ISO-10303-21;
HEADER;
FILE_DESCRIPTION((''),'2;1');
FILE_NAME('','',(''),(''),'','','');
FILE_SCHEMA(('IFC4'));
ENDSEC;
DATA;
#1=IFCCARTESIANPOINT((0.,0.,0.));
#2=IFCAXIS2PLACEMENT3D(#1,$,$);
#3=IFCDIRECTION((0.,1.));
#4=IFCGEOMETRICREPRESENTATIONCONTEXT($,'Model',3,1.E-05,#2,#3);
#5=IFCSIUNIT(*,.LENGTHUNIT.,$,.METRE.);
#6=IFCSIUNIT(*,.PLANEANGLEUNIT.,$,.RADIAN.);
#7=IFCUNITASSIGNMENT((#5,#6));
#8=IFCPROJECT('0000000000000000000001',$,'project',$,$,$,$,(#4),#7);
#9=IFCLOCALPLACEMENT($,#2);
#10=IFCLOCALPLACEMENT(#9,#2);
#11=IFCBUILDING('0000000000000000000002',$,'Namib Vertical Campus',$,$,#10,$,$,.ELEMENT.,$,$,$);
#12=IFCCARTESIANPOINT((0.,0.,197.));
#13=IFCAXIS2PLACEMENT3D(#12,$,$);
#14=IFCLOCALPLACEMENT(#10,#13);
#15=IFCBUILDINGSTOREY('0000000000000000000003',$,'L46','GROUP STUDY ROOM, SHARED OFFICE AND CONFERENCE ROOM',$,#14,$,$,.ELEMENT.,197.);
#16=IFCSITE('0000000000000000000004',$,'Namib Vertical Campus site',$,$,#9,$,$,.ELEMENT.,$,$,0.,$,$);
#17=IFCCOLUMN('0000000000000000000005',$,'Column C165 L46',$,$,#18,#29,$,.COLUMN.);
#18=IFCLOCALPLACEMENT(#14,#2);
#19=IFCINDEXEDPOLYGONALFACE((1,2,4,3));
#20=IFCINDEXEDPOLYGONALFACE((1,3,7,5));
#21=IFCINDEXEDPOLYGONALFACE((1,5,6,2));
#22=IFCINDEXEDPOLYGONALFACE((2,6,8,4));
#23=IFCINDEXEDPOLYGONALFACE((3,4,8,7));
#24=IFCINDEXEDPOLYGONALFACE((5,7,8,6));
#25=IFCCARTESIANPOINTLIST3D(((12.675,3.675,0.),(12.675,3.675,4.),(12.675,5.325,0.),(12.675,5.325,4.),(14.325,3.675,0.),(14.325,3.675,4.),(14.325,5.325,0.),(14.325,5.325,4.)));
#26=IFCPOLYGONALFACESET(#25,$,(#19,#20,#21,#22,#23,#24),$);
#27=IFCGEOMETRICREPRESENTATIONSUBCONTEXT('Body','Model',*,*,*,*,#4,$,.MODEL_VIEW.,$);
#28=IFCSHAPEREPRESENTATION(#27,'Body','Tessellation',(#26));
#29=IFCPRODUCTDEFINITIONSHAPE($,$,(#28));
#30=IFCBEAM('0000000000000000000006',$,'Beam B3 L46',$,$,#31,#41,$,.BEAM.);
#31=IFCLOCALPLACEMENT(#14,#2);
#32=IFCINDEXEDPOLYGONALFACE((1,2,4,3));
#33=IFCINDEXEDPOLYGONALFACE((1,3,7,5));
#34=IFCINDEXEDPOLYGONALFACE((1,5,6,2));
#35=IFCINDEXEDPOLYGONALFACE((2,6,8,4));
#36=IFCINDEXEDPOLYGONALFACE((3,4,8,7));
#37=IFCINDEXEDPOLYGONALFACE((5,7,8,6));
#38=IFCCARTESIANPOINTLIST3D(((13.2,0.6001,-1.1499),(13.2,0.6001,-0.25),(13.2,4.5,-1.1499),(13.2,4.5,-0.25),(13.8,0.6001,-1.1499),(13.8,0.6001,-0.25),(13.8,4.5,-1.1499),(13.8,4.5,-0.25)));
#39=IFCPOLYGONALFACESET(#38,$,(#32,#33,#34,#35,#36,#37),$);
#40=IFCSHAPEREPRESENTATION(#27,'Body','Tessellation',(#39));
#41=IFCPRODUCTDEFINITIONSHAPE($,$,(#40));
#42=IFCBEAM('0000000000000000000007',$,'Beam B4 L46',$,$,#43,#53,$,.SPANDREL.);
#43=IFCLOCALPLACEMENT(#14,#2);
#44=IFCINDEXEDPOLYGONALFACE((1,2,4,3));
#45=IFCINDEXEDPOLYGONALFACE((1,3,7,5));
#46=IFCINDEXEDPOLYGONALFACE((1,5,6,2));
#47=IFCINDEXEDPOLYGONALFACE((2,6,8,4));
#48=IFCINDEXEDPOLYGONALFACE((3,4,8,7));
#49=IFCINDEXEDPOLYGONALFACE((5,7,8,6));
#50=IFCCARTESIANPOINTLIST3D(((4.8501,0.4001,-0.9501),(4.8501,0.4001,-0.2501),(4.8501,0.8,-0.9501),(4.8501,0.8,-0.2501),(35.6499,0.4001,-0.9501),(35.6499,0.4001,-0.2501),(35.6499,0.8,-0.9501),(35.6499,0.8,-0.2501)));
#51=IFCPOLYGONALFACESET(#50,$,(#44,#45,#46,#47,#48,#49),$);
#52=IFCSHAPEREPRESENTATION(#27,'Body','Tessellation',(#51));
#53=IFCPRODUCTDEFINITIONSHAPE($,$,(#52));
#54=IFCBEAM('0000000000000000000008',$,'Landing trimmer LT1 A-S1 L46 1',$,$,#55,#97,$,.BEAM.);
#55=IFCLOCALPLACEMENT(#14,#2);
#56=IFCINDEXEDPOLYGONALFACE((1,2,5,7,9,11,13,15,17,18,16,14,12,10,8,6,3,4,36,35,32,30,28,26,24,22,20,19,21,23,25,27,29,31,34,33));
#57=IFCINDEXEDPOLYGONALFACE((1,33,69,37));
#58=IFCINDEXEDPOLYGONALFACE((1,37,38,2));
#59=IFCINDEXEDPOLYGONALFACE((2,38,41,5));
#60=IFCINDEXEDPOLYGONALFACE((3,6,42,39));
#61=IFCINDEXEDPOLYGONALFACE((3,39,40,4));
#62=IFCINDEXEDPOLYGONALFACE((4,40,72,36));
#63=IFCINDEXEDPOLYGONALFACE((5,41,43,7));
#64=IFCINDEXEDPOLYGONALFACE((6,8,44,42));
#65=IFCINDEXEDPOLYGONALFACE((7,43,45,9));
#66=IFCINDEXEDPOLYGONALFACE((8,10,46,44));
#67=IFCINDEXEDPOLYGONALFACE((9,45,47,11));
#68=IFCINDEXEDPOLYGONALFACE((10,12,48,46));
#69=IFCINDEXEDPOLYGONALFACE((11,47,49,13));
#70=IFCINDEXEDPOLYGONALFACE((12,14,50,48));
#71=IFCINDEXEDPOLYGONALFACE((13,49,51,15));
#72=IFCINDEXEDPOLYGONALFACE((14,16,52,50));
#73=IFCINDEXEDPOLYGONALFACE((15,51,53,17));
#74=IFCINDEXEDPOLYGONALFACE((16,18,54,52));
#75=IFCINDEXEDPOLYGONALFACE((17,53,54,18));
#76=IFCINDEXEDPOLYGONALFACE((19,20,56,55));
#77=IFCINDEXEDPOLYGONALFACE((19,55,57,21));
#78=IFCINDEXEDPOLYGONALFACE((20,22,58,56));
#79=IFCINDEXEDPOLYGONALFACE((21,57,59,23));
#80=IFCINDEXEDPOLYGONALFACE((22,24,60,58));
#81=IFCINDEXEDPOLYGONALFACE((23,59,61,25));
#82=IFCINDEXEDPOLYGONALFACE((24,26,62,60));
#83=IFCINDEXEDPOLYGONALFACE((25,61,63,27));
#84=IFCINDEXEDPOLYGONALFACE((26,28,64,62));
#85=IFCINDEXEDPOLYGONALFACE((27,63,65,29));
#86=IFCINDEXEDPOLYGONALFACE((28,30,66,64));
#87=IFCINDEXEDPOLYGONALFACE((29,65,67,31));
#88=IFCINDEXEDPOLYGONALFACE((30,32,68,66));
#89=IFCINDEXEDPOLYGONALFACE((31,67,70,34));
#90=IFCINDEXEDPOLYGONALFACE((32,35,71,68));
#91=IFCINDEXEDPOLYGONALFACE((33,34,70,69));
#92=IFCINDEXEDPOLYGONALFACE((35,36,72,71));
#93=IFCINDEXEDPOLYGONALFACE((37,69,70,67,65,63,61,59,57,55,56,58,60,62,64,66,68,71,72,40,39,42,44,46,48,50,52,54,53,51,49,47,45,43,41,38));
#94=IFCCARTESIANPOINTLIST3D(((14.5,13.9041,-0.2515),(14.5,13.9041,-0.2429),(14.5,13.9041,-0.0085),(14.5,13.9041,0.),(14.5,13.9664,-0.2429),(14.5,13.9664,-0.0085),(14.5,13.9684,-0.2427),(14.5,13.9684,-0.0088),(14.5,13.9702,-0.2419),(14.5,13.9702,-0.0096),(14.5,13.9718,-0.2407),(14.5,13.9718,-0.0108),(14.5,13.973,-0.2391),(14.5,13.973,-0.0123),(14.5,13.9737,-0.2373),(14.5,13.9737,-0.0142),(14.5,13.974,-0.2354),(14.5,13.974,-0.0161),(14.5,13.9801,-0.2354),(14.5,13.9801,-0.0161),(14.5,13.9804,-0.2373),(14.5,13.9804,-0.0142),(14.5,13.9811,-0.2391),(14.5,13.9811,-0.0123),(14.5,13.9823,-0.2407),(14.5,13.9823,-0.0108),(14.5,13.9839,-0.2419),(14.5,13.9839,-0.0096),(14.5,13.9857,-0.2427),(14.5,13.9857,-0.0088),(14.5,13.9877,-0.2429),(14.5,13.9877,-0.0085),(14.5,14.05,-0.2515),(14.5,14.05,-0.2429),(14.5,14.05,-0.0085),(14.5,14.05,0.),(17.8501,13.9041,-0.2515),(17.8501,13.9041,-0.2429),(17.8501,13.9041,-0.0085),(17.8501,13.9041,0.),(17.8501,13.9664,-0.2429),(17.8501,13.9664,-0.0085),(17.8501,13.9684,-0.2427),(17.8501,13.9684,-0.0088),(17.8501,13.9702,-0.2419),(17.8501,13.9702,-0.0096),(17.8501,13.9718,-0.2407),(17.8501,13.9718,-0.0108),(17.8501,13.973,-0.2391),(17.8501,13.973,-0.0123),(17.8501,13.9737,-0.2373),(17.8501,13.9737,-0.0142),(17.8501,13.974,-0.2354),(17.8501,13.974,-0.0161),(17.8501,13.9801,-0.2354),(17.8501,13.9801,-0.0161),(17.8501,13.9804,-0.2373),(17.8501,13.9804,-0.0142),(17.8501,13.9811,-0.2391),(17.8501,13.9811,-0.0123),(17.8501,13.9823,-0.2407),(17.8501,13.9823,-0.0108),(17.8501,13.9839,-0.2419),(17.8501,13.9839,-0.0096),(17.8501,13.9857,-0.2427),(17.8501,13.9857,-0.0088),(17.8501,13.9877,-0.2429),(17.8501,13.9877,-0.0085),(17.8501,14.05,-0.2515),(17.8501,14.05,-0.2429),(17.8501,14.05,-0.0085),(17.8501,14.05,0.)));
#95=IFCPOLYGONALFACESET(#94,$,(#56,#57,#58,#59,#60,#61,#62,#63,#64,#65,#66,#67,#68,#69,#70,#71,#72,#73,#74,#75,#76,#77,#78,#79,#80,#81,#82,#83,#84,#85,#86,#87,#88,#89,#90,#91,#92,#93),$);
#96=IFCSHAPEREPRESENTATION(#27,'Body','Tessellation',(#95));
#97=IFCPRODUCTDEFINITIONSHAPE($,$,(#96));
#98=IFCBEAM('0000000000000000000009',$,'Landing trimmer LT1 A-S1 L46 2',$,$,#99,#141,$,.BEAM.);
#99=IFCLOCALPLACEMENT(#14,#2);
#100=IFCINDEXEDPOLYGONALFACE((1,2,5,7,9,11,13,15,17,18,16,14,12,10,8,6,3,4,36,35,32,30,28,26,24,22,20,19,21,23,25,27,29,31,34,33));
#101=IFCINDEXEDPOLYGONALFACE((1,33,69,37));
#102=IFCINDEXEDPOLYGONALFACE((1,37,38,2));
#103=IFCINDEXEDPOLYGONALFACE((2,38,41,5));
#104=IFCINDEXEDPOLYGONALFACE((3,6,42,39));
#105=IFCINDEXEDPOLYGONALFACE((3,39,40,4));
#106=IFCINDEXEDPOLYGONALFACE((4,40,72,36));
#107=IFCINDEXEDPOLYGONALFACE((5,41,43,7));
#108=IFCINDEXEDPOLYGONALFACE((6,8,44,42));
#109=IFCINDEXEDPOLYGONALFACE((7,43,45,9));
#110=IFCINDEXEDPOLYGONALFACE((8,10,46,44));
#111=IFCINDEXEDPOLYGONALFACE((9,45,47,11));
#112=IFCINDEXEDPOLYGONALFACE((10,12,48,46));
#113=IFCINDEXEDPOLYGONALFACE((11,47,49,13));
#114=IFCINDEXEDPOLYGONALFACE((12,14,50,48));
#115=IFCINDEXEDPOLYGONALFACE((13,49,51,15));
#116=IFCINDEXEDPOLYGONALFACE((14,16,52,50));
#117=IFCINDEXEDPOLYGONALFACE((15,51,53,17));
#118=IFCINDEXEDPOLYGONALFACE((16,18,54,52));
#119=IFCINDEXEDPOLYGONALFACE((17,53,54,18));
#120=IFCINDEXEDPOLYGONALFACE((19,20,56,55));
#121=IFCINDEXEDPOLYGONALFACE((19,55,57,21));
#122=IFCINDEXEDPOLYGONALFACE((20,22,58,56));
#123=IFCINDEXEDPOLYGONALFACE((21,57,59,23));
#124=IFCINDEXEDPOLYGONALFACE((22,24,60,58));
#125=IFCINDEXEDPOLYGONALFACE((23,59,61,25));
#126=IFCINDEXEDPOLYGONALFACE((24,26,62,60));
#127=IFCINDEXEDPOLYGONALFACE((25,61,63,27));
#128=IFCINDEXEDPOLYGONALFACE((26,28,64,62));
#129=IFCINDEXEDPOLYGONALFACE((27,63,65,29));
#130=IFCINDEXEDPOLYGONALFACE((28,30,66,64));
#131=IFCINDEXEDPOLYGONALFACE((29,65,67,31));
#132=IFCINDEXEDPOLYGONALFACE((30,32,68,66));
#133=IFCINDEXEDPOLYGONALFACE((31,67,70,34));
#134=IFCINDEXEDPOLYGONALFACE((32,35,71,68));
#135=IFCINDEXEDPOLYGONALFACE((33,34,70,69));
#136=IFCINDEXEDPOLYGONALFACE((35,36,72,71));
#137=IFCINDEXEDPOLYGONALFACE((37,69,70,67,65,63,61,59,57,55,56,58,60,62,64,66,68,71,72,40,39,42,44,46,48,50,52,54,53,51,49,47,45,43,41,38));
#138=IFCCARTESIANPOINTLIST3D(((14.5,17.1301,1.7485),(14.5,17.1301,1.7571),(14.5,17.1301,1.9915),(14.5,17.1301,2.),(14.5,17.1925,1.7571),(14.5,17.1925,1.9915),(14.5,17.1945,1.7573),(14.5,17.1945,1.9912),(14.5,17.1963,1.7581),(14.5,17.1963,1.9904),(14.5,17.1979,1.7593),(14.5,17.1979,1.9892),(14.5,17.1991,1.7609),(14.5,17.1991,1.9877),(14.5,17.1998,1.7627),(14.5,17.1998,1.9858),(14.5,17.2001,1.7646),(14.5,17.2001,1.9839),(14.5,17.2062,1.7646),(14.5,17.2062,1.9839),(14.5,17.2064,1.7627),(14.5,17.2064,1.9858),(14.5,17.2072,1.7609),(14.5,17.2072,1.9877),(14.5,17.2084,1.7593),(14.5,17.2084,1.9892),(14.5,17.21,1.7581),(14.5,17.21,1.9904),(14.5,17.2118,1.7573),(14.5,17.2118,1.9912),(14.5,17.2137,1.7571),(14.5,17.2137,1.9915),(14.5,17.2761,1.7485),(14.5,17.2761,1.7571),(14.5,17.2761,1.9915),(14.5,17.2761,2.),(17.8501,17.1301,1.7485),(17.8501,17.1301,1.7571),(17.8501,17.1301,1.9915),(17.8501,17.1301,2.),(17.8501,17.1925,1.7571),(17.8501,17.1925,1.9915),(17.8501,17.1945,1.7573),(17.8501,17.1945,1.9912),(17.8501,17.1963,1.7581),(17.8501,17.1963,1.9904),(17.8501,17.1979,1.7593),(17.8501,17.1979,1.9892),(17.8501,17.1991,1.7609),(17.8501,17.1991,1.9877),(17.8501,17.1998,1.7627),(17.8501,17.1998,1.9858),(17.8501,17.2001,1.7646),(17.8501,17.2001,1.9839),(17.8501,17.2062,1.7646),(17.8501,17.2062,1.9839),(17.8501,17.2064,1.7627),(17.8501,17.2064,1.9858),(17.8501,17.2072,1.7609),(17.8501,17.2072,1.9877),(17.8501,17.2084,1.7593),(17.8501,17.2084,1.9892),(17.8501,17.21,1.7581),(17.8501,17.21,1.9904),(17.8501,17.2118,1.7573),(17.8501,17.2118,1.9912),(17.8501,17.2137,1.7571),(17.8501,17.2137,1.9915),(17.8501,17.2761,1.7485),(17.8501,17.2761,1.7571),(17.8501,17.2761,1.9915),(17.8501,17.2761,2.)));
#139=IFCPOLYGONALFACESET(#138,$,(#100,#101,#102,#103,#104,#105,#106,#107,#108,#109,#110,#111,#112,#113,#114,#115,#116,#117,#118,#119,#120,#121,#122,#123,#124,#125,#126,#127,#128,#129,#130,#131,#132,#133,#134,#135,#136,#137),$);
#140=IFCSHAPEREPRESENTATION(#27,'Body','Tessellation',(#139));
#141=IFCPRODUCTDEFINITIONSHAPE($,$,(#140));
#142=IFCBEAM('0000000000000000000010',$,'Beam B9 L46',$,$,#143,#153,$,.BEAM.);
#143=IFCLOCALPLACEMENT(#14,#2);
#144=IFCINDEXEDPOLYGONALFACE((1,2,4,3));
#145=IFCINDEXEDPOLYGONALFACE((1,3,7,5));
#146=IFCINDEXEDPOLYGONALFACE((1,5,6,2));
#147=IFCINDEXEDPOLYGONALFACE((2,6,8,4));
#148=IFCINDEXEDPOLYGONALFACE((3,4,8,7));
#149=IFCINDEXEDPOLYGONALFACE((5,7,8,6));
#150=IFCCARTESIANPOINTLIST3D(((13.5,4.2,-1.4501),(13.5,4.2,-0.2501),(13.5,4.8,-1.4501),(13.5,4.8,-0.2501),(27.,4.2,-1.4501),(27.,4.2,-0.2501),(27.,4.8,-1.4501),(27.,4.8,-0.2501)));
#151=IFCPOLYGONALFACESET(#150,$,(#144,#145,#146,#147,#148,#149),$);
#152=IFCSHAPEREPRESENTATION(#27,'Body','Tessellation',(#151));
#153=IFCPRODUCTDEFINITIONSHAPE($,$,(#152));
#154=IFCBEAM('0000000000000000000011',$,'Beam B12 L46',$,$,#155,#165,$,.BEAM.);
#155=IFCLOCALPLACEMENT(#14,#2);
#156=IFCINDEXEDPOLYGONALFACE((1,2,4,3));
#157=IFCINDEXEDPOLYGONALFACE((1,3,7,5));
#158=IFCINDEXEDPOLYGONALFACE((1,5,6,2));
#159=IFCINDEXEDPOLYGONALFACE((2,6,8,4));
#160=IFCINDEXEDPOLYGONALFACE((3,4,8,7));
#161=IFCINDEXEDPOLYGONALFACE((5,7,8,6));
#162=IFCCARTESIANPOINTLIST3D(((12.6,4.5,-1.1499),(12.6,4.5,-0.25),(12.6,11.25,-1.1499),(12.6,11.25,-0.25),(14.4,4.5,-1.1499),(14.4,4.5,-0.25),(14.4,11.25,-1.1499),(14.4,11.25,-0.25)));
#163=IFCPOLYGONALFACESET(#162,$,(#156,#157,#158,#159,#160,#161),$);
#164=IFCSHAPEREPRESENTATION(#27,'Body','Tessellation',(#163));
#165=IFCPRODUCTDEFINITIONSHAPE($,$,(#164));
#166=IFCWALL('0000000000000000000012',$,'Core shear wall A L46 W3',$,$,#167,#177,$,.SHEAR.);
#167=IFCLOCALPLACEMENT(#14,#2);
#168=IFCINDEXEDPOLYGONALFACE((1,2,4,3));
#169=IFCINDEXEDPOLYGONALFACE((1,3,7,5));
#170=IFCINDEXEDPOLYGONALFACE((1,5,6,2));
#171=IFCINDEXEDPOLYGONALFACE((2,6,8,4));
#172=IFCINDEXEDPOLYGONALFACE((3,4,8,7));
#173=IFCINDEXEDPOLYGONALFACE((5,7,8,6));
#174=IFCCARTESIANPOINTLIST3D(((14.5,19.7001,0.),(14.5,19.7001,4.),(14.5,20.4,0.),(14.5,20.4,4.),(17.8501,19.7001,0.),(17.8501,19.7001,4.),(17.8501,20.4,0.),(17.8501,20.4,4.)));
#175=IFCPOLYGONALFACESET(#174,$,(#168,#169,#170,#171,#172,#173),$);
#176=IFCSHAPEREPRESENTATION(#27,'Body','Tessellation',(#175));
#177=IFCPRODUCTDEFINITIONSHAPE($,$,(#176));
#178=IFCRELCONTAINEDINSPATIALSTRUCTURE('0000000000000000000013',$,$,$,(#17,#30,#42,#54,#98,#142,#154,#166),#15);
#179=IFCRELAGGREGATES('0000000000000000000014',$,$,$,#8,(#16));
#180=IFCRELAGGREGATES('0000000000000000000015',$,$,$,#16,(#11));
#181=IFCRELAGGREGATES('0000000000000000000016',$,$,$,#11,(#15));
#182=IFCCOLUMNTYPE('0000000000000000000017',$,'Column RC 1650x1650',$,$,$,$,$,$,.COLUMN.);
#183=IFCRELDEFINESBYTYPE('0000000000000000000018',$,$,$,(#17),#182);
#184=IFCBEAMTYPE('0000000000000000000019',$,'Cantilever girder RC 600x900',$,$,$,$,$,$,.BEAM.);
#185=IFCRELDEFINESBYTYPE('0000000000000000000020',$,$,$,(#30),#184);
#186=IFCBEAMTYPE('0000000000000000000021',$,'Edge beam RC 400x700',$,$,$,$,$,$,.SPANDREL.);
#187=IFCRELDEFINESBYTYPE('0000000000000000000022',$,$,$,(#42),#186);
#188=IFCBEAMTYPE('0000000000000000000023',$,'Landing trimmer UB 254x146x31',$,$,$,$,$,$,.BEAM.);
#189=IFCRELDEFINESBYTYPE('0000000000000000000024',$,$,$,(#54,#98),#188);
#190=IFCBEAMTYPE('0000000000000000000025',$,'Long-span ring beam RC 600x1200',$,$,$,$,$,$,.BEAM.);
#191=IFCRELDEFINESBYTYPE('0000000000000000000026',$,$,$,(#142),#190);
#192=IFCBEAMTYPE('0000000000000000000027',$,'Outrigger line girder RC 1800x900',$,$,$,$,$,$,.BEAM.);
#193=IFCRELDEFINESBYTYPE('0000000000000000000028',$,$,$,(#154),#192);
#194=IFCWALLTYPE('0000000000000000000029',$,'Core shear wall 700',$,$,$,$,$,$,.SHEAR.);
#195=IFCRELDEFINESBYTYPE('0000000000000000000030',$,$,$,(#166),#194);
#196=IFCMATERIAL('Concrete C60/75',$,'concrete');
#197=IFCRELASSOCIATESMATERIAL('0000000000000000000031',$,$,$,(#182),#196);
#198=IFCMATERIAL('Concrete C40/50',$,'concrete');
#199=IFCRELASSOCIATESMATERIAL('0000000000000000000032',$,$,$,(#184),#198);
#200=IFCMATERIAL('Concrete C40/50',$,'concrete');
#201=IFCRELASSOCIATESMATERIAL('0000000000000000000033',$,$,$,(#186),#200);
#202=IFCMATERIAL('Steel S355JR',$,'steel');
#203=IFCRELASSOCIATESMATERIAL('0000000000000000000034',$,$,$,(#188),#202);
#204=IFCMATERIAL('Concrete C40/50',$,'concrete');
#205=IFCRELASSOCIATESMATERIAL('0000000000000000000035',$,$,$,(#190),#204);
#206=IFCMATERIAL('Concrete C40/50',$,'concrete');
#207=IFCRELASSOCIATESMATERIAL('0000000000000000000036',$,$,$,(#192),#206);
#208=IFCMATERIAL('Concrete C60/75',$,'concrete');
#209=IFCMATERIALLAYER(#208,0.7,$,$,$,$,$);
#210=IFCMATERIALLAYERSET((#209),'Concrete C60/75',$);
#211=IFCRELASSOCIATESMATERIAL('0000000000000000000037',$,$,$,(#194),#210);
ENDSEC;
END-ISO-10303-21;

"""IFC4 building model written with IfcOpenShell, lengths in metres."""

from ifc_helpers import new_model, si_unit, direction, frame, frame_2d, origin, origin_2d, place, context, subcontext, project, spatial, rectangle, i_section, extrude, material, layer, layer_set, material_profile, profile_set, type_object, element, save


model = new_model("IFC4")

# Units and contexts
model_context = context("Model", 3, precision=1e-05, world=origin(), true_north=direction((0.0, 1.0)))
body_context = subcontext(model_context, "Body", "Model", "MODEL_VIEW")
ifc_project = project(units=[si_unit("LENGTHUNIT", "METRE"), si_unit("PLANEANGLEUNIT", "RADIAN")], contexts=[model_context])

# Site, building, storey
site_placement = place(None, origin())
site = spatial("IfcSite", under=ifc_project, at=site_placement, Name="Namib Vertical Campus site", CompositionType="ELEMENT", RefElevation=0.0)
building_placement = place(site_placement, origin())
building = spatial("IfcBuilding", under=site, at=building_placement, Name="Namib Vertical Campus", CompositionType="ELEMENT")
storey_placement = place(building_placement, frame((0.0, 0.0, 197.0)))
storey = spatial("IfcBuildingStorey", under=building, at=storey_placement, Name="L46", Description="GROUP STUDY ROOM, SHARED OFFICE AND CONFERENCE ROOM", CompositionType="ELEMENT", Elevation=197.0)

# Column
ifc_material_1 = material(Name="Concrete C60/75", Category="concrete")
ifc_material_profile_1 = material_profile(ifc_material_1, rectangle(XDim=1.6499, YDim=1.6499, at=origin_2d()))
ifc_profile_set_1 = profile_set([ifc_material_profile_1], Name="Concrete C60/75")
column_type = type_object("IfcColumnType", Name="Column RC 1650x1650", PredefinedType="COLUMN", material=ifc_profile_set_1)
column_placement = place(storey_placement, frame((13.5, 4.5, 0.0), z_axis=(0.0, 0.0, 1.0), x_axis=(1.0, 0.0, 0.0)))
element("IfcColumn", 1, at=column_placement, inside=storey, type_object=column_type, Name="Column C165 L46", PredefinedType="COLUMN", context=body_context, shape_type="SweptSolid", body=[
    extrude(rectangle(XDim=1.6499, YDim=1.6499, at=origin_2d()), origin(), (0.0, 0.0, 1.0), 4.0),
])

# Beams
ifc_material_2 = material(Name="Concrete C40/50", Category="concrete")
ifc_material_profile_2 = material_profile(ifc_material_2, rectangle(XDim=0.6001, YDim=0.8999, at=origin_2d()))
ifc_profile_set_2 = profile_set([ifc_material_profile_2], Name="Concrete C40/50")
beam_type_1 = type_object("IfcBeamType", Name="Cantilever girder RC 600x900", PredefinedType="BEAM", material=ifc_profile_set_2)
beam_1_placement = place(storey_placement, frame((13.5, 4.5, -0.7), z_axis=(0.0, -1.0, 0.0), x_axis=(1.0, 0.0, 0.0)))
element("IfcBeam", 2, at=beam_1_placement, inside=storey, type_object=beam_type_1, Name="Beam B3 L46", PredefinedType="BEAM", context=body_context, shape_type="SweptSolid", body=[
    extrude(rectangle(XDim=0.6001, YDim=0.8999, at=origin_2d()), origin(), (0.0, 0.0, 1.0), 3.8999),
])
ifc_material_3 = material(Name="Concrete C40/50", Category="concrete")
ifc_material_profile_3 = material_profile(ifc_material_3, rectangle(XDim=0.3999, YDim=0.7, at=origin_2d()))
ifc_profile_set_3 = profile_set([ifc_material_profile_3], Name="Concrete C40/50")
beam_type_2 = type_object("IfcBeamType", Name="Edge beam RC 400x700", PredefinedType="SPANDREL", material=ifc_profile_set_3)
beam_2_placement = place(storey_placement, frame((4.8501, 0.6001, -0.6001), z_axis=(1.0, 0.0, 0.0), x_axis=(0.0, 1.0, 0.0)))
element("IfcBeam", 3, at=beam_2_placement, inside=storey, type_object=beam_type_2, Name="Beam B4 L46", PredefinedType="SPANDREL", context=body_context, shape_type="SweptSolid", body=[
    extrude(rectangle(XDim=0.3999, YDim=0.7, at=origin_2d()), origin(), (0.0, 0.0, 1.0), 30.7998),
])
ifc_material_4 = material(Name="Steel S355JR", Category="steel")
ifc_material_profile_4 = material_profile(ifc_material_4, i_section(OverallWidth=0.146, OverallDepth=0.2515, WebThickness=0.0061, FlangeThickness=0.0085, FilletRadius=0.0076, at=origin_2d()))
ifc_profile_set_4 = profile_set([ifc_material_profile_4], Name="Steel S355JR")
beam_type_3 = type_object("IfcBeamType", Name="Landing trimmer UB 254x146x31", PredefinedType="BEAM", material=ifc_profile_set_4)
for number, where, z_axis, x_axis, name in (
    (4, (14.5, 13.9771, -0.1257), (1.0, 0.0, 0.0), (0.0, 1.0, 0.0), "Landing trimmer LT1 A-S1 L46 1"),
    (5, (14.5, 17.2031, 1.8743), (1.0, 0.0, 0.0), (0.0, 1.0, 0.0), "Landing trimmer LT1 A-S1 L46 2"),
):
    element("IfcBeam", number, at=place(storey_placement, frame(where, z_axis=z_axis, x_axis=x_axis)), inside=storey, type_object=beam_type_3, Name=name, PredefinedType="BEAM", context=body_context, shape_type="SweptSolid", body=[
        extrude(i_section(OverallWidth=0.146, OverallDepth=0.2515, WebThickness=0.0061, FlangeThickness=0.0085, FilletRadius=0.0076, at=origin_2d()), origin(), (0.0, 0.0, 1.0), 3.3501),
    ])
ifc_material_5 = material(Name="Concrete C40/50", Category="concrete")
ifc_material_profile_5 = material_profile(ifc_material_5, rectangle(XDim=0.6001, YDim=1.2, at=origin_2d()))
ifc_profile_set_5 = profile_set([ifc_material_profile_5], Name="Concrete C40/50")
beam_type_4 = type_object("IfcBeamType", Name="Long-span ring beam RC 600x1200", PredefinedType="BEAM", material=ifc_profile_set_5)
beam_3_placement = place(storey_placement, frame((13.5, 4.5, -0.8501), z_axis=(1.0, 0.0, 0.0), x_axis=(0.0, 1.0, 0.0)))
element("IfcBeam", 6, at=beam_3_placement, inside=storey, type_object=beam_type_4, Name="Beam B9 L46", PredefinedType="BEAM", context=body_context, shape_type="SweptSolid", body=[
    extrude(rectangle(XDim=0.6001, YDim=1.2, at=origin_2d()), origin(), (0.0, 0.0, 1.0), 13.5),
])
ifc_material_6 = material(Name="Concrete C40/50", Category="concrete")
ifc_material_profile_6 = material_profile(ifc_material_6, rectangle(XDim=1.8, YDim=0.8999, at=origin_2d()))
ifc_profile_set_6 = profile_set([ifc_material_profile_6], Name="Concrete C40/50")
beam_type_5 = type_object("IfcBeamType", Name="Outrigger line girder RC 1800x900", PredefinedType="BEAM", material=ifc_profile_set_6)
beam_4_placement = place(storey_placement, frame((13.5, 4.5, -0.7), z_axis=(0.0, 1.0, 0.0), x_axis=(-1.0, 0.0, 0.0)))
element("IfcBeam", 7, at=beam_4_placement, inside=storey, type_object=beam_type_5, Name="Beam B12 L46", PredefinedType="BEAM", context=body_context, shape_type="SweptSolid", body=[
    extrude(rectangle(XDim=1.8, YDim=0.8999, at=origin_2d()), origin(), (0.0, 0.0, 1.0), 6.75),
])

# Wall
ifc_material_7 = material(Name="Concrete C60/75", Category="concrete")
ifc_layer_1 = layer(ifc_material_7, 0.7)
ifc_layer_set_1 = layer_set([ifc_layer_1], Name="Concrete C60/75")
wall_type_1 = type_object("IfcWallType", Name="Core shear wall 700", PredefinedType="SHEAR", material=ifc_layer_set_1)
wall_1_placement = place(storey_placement, frame((14.5, 20.05, 0.0), z_axis=(0.0, 0.0, 1.0), x_axis=(1.0, 0.0, 0.0)))
element("IfcWall", 8, at=wall_1_placement, inside=storey, type_object=wall_type_1, Name="Core shear wall A L46 W3", PredefinedType="SHEAR", context=body_context, shape_type="SweptSolid", body=[
    extrude(rectangle(XDim=3.3501, YDim=0.7, at=frame_2d((1.675, 0.0))), origin(), (0.0, 0.0, 1.0), 4.0),
])

save(model, "model.ifc")
